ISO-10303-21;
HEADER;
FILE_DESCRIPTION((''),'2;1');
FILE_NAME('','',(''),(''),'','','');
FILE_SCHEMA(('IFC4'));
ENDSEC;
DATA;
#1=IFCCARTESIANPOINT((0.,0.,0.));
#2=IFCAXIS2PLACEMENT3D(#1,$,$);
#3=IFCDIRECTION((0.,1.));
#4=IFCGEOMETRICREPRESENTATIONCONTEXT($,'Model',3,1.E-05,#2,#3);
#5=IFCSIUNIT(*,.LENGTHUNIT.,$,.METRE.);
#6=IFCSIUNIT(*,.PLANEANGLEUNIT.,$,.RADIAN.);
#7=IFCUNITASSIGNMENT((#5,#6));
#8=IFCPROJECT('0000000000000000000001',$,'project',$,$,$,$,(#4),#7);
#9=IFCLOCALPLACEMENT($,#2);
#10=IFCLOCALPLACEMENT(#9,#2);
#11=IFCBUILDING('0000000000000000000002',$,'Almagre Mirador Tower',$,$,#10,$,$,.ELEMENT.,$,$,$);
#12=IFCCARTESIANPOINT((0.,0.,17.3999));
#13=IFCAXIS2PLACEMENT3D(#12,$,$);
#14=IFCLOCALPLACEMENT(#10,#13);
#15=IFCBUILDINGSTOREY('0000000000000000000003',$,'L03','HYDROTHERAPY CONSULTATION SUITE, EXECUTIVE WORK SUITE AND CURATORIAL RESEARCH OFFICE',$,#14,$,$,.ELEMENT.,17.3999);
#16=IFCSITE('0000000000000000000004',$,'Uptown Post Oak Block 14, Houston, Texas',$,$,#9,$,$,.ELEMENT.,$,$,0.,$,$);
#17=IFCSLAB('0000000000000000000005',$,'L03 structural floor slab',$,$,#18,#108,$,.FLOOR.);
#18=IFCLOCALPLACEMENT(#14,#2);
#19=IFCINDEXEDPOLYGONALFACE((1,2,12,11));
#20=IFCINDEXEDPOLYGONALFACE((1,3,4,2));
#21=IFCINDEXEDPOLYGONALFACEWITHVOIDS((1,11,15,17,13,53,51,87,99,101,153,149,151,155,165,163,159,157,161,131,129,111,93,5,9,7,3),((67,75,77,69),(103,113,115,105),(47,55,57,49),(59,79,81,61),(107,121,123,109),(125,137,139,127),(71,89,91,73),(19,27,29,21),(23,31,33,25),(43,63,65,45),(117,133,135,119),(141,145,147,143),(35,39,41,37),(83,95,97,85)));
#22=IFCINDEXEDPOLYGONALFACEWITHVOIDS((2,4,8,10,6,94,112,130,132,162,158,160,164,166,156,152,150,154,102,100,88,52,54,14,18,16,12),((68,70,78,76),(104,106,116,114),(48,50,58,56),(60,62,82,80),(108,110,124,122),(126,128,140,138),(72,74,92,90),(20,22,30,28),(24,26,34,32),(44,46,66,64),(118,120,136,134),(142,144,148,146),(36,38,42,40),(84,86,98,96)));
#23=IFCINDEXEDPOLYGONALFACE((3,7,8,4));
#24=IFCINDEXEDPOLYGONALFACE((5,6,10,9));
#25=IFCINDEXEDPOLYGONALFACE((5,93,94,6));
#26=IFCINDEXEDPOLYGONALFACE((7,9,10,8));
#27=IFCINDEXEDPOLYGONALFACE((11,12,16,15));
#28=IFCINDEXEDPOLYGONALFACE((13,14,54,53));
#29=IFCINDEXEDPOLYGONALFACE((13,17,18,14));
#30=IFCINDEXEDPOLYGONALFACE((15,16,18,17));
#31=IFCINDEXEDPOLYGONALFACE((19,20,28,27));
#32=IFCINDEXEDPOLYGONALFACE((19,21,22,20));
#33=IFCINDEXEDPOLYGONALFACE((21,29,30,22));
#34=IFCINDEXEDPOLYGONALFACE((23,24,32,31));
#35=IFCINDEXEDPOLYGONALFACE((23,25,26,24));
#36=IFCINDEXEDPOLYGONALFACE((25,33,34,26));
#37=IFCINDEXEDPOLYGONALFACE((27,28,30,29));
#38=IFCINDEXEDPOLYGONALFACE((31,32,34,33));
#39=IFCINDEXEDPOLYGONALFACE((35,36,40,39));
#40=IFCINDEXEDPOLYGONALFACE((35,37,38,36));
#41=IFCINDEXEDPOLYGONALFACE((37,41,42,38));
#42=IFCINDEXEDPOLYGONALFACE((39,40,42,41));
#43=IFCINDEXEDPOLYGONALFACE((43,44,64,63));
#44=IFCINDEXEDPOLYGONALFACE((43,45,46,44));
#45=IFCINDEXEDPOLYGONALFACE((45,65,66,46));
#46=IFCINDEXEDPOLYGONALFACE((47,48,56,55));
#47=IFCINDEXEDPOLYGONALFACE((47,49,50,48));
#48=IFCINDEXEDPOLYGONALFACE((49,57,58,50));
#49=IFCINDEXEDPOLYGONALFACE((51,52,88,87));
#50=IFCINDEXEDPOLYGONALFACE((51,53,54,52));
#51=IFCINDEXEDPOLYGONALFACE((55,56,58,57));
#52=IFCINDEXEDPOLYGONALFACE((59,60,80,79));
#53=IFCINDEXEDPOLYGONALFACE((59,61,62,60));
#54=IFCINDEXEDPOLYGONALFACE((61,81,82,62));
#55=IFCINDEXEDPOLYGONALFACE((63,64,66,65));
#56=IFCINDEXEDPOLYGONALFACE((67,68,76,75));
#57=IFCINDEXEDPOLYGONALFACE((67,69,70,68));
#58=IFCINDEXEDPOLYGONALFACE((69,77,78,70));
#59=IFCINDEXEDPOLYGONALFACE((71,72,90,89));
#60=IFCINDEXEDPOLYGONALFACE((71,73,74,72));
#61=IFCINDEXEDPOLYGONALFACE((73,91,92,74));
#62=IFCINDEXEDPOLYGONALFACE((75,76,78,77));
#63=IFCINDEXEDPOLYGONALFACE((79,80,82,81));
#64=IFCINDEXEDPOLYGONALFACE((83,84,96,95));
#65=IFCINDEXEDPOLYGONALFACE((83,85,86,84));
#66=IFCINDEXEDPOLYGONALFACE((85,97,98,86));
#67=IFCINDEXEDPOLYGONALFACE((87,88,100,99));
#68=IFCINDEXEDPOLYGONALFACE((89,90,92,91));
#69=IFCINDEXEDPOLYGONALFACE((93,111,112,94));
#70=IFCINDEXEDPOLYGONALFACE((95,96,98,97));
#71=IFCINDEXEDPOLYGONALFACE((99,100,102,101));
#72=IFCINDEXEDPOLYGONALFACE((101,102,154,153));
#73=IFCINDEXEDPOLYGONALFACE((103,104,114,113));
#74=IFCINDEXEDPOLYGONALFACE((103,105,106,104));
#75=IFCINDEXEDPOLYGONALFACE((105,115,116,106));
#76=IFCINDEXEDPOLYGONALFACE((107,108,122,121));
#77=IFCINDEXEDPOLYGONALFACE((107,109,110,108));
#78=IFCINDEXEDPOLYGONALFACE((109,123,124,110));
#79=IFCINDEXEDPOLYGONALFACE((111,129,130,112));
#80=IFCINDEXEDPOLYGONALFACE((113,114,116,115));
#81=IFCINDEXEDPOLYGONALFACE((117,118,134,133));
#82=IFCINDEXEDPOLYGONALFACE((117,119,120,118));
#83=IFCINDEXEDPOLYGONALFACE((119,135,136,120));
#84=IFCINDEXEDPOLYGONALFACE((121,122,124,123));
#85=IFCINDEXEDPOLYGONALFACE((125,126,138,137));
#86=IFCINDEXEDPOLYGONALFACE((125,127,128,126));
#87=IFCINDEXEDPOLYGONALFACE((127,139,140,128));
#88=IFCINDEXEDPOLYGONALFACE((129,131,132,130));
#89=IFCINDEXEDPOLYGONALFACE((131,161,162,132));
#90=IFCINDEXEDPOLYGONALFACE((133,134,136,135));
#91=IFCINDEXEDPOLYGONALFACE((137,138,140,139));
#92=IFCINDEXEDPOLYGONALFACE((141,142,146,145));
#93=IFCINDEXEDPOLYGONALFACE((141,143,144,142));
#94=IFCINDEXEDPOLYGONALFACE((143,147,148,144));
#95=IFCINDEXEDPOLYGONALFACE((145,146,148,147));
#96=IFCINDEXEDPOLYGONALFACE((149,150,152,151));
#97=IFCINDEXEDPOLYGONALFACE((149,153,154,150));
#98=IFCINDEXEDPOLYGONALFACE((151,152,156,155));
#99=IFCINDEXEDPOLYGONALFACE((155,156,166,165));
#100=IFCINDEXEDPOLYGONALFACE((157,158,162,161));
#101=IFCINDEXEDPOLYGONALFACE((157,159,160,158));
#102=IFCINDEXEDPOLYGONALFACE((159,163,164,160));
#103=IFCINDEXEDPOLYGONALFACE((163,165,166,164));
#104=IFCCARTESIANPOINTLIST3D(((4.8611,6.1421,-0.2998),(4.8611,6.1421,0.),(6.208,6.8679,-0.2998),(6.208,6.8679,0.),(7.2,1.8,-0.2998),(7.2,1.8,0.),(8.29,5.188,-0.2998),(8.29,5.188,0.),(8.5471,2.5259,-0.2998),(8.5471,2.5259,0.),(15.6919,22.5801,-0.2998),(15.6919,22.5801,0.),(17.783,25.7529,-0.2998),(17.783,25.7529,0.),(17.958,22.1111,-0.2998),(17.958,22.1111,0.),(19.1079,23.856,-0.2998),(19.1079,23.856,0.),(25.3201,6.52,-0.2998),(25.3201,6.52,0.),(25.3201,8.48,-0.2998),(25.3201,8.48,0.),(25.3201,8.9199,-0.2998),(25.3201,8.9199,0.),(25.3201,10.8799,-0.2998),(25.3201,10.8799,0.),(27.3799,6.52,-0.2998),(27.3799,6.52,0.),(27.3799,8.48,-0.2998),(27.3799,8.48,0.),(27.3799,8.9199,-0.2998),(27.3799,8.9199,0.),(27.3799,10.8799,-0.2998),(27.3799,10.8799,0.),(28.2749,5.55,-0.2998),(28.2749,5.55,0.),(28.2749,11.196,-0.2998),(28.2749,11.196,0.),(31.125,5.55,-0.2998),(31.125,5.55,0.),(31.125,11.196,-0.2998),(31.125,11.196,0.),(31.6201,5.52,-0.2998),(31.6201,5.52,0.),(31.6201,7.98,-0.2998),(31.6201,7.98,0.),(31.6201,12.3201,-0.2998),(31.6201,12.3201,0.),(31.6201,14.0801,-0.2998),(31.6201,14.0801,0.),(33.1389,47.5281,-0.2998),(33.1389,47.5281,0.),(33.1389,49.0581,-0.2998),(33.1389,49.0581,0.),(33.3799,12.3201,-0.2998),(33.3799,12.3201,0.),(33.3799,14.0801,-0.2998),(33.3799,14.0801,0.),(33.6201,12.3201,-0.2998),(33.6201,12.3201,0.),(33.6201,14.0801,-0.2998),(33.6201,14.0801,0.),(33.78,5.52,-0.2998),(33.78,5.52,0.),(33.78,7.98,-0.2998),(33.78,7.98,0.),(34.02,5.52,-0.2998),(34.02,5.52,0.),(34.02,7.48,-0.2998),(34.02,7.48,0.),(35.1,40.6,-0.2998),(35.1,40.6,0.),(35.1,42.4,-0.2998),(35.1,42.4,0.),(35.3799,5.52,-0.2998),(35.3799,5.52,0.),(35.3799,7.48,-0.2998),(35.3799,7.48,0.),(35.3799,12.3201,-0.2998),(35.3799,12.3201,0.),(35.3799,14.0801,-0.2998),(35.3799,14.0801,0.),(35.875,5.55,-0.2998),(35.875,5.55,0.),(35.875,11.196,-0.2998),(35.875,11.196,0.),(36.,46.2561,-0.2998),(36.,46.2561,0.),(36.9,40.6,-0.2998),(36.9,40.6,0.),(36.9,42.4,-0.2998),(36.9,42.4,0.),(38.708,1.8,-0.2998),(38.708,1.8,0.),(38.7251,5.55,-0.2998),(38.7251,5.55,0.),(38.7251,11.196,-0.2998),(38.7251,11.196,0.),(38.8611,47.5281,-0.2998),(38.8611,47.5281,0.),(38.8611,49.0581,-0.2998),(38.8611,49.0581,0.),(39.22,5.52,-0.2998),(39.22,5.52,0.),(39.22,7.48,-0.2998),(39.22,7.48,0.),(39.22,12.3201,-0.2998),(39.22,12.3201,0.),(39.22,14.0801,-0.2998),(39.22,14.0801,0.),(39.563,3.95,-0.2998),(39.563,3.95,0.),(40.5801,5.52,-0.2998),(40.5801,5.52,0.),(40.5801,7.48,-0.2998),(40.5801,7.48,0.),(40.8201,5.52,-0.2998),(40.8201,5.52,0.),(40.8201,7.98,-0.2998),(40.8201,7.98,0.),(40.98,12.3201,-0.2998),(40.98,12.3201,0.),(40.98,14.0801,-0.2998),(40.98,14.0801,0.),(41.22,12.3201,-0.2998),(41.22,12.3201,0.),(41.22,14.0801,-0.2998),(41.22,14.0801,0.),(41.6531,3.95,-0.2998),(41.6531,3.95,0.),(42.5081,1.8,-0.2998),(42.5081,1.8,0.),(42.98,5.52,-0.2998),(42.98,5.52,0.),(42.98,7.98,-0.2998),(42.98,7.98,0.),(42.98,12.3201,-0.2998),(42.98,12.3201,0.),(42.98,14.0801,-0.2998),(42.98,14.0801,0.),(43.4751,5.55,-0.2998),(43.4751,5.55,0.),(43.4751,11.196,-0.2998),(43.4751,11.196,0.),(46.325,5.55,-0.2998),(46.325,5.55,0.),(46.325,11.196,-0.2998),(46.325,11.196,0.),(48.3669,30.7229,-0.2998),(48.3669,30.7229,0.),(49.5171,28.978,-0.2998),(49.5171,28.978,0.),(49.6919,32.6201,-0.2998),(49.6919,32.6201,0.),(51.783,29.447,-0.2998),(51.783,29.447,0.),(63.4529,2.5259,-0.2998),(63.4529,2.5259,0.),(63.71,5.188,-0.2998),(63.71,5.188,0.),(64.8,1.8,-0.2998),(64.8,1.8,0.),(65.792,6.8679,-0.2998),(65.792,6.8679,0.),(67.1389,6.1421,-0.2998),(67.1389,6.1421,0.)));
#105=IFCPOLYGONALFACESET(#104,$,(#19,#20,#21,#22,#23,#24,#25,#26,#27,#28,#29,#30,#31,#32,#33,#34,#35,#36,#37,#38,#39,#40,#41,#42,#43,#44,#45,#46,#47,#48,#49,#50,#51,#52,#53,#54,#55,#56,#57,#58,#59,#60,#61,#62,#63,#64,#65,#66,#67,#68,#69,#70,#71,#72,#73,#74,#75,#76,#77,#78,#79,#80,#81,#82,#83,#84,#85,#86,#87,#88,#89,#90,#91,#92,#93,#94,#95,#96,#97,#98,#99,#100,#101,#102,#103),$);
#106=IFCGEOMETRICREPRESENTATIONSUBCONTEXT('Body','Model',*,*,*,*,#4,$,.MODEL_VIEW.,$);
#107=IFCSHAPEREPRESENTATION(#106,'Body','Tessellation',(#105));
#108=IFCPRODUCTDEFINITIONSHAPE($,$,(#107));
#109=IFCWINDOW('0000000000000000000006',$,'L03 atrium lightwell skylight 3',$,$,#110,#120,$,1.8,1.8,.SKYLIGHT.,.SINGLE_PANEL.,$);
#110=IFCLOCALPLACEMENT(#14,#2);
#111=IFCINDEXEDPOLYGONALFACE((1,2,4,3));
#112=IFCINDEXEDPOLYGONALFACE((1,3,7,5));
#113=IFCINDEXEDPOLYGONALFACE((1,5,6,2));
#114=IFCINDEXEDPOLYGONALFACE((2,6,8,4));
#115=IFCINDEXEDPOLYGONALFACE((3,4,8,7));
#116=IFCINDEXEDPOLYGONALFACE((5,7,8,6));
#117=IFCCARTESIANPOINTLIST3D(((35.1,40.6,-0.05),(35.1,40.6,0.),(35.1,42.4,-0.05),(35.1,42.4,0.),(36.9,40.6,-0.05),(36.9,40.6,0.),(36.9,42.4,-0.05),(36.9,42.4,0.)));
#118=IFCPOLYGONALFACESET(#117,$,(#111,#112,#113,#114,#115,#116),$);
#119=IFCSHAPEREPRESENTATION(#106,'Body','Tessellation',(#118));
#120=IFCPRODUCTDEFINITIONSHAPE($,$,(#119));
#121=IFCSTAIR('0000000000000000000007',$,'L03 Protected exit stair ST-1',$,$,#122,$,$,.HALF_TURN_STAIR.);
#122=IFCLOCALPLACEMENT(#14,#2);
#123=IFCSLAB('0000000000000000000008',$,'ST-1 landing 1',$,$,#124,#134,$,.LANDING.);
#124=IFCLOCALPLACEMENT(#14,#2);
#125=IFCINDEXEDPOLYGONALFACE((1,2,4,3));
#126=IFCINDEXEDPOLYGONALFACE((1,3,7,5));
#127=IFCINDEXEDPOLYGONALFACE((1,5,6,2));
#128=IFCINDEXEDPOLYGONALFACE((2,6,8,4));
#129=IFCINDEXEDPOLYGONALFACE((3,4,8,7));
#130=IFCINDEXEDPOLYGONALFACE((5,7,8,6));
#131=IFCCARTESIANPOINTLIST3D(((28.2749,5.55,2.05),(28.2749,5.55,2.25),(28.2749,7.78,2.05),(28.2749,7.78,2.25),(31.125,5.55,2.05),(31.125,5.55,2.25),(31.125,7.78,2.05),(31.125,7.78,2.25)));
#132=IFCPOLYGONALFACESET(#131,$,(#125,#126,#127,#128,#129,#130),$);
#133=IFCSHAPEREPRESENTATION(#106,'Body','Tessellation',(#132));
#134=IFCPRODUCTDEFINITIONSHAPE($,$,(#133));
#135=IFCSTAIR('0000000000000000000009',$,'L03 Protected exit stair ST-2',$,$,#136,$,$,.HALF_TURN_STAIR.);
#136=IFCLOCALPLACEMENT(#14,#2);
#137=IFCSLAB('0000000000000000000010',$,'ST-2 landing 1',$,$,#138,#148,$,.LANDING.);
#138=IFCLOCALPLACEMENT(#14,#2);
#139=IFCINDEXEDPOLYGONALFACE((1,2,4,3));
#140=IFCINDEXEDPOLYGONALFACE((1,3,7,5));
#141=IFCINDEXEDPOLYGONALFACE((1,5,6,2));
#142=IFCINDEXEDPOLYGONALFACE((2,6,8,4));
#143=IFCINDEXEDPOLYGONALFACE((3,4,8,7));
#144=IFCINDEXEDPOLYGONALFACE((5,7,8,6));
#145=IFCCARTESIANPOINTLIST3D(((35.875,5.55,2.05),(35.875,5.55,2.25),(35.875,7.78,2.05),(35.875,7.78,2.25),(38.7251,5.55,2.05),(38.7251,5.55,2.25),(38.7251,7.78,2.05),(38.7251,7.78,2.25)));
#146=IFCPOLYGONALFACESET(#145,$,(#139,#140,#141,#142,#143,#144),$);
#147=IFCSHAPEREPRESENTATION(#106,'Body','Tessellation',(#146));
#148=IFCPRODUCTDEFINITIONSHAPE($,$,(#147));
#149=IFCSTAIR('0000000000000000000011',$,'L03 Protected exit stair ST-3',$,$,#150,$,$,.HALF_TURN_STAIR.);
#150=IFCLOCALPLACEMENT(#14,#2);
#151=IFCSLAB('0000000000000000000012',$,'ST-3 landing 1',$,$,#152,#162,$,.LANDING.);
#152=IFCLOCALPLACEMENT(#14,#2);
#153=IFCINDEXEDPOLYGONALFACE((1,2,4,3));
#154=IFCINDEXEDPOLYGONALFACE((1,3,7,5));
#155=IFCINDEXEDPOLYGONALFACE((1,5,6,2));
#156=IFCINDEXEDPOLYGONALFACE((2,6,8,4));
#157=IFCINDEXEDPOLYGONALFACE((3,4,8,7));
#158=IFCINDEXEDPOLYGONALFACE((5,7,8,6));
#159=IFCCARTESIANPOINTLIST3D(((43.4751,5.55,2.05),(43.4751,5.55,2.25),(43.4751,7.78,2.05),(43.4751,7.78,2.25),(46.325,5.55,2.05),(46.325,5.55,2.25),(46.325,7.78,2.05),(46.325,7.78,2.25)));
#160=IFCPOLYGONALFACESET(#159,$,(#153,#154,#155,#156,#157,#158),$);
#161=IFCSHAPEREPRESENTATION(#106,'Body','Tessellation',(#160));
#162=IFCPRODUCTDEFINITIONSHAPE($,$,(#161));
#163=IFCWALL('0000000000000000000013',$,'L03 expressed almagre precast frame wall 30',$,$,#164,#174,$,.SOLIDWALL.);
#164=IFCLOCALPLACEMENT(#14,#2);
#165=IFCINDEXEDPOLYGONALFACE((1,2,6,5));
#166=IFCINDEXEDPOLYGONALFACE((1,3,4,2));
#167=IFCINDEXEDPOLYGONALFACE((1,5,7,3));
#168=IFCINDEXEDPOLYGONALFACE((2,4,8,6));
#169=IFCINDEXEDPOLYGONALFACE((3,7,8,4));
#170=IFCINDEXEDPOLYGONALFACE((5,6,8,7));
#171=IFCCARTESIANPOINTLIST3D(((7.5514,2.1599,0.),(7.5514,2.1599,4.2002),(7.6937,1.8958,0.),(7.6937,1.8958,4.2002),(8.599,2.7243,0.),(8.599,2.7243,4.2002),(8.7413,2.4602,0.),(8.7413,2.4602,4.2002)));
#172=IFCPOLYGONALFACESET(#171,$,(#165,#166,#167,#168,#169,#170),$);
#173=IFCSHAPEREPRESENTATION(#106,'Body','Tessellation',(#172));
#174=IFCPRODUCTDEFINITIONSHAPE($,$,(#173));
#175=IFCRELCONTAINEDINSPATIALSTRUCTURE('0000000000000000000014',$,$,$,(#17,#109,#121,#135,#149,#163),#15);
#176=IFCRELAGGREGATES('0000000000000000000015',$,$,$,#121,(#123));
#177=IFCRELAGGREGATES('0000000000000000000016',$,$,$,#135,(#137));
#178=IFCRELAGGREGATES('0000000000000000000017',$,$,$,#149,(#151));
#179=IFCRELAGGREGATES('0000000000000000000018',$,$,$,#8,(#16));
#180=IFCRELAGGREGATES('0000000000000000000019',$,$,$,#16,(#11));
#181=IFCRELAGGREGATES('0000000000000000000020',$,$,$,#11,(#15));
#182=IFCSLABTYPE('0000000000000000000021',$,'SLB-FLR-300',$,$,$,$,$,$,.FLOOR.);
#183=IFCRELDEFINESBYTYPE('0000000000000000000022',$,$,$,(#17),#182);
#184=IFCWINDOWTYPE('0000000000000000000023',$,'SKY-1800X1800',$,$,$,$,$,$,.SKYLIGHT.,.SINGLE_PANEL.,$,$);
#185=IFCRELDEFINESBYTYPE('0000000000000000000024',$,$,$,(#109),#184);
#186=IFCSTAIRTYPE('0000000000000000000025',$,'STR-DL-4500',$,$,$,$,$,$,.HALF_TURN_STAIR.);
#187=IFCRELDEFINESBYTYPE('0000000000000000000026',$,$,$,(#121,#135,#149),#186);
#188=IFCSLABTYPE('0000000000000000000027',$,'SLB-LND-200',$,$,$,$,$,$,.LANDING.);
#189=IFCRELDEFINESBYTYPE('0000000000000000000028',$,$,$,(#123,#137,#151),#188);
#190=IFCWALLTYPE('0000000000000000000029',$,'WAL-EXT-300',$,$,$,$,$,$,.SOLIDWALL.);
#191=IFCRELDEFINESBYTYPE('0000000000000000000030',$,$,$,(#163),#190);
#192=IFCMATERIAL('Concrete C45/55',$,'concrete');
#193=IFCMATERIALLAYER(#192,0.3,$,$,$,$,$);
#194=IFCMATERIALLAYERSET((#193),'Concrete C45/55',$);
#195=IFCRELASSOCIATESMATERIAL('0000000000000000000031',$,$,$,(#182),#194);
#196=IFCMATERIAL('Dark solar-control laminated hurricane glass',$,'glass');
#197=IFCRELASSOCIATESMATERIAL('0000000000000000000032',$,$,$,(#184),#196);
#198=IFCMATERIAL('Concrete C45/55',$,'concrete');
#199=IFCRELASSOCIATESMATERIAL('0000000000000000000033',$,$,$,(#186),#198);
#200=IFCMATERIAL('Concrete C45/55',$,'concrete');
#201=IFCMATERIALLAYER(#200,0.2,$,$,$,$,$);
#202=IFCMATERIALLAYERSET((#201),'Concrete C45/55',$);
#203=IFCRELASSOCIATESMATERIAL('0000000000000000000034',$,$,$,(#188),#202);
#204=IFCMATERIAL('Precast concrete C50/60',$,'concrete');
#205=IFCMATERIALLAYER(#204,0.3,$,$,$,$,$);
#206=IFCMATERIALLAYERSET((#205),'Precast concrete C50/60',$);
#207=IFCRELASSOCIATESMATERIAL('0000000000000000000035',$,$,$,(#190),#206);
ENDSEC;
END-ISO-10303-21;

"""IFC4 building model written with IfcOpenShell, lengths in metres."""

from ifc_helpers import new_model, si_unit, direction, frame, frame_2d, origin, origin_2d, place, context, subcontext, project, spatial, polyline, rectangle, outline, extrude, material, layer, layer_set, type_object, element, fill, aggregate, save


model = new_model("IFC4")

# Units and contexts
model_context = context("Model", 3, precision=1e-05, world=origin(), true_north=direction((0.0, 1.0)))
body_context = subcontext(model_context, "Body", "Model", "MODEL_VIEW")
ifc_project = project(units=[si_unit("LENGTHUNIT", "METRE"), si_unit("PLANEANGLEUNIT", "RADIAN")], contexts=[model_context])

# Site, building, storey
site_placement = place(None, origin())
site = spatial("IfcSite", under=ifc_project, at=site_placement, Name="Uptown Post Oak Block 14, Houston, Texas", CompositionType="ELEMENT", RefElevation=0.0)
building_placement = place(site_placement, origin())
building = spatial("IfcBuilding", under=site, at=building_placement, Name="Almagre Mirador Tower", CompositionType="ELEMENT")
storey_placement = place(building_placement, frame((0.0, 0.0, 17.3999)))
storey = spatial("IfcBuildingStorey", under=building, at=storey_placement, Name="L03", Description="HYDROTHERAPY CONSULTATION SUITE, EXECUTIVE WORK SUITE AND CURATORIAL RESEARCH OFFICE", CompositionType="ELEMENT", Elevation=17.3999)

# Slab, opening, window
ifc_material_1 = material(Name="Concrete C45/55", Category="concrete")
ifc_layer_1 = layer(ifc_material_1, 0.3)
ifc_layer_set_1 = layer_set([ifc_layer_1], Name="Concrete C45/55")
slab_type_1 = type_object("IfcSlabType", Name="SLB-FLR-300", PredefinedType="FLOOR", material=ifc_layer_set_1)
slab_1_placement = place(storey_placement, frame((0.0, 0.0, -0.2998)))
slab_1 = element("IfcSlab", 1, at=slab_1_placement, inside=storey, type_object=slab_type_1, Name="L03 structural floor slab", PredefinedType="FLOOR", context=body_context, shape_type="SweptSolid", body=[
    extrude(outline(polyline([(4.8611, 6.1421), (6.208, 6.8679), (8.29, 5.188), (8.5471, 2.5259), (7.2, 1.8), (38.708, 1.8), (39.563, 3.95), (41.6531, 3.95), (42.5081, 1.8), (64.8, 1.8), (63.4529, 2.5259), (63.71, 5.188), (65.792, 6.8679), (67.1389, 6.1421), (51.783, 29.447), (49.5171, 28.978), (48.3669, 30.7229), (49.6919, 32.6201), (38.8611, 49.0581), (38.8611, 47.5281), (36.0, 46.2561), (33.1389, 47.5281), (33.1389, 49.0581), (17.783, 25.7529), (19.1079, 23.856), (17.958, 22.1111), (15.6919, 22.5801), (4.8611, 6.1421)]), holes=[polyline([(43.4751, 11.196), (46.325, 11.196), (46.325, 5.55), (43.4751, 5.55), (43.4751, 11.196)]), polyline([(40.8201, 5.52), (40.8201, 7.98), (42.98, 7.98), (42.98, 5.52), (40.8201, 5.52)]), polyline([(41.22, 12.3201), (41.22, 14.0801), (42.98, 14.0801), (42.98, 12.3201), (41.22, 12.3201)]), polyline([(39.22, 12.3201), (39.22, 14.0801), (40.98, 14.0801), (40.98, 12.3201), (39.22, 12.3201)]), polyline([(39.22, 5.52), (39.22, 7.48), (40.5801, 7.48), (40.5801, 5.52), (39.22, 5.52)]), polyline([(35.875, 11.196), (38.7251, 11.196), (38.7251, 5.55), (35.875, 5.55), (35.875, 11.196)]), polyline([(35.3799, 5.52), (34.02, 5.52), (34.02, 7.48), (35.3799, 7.48), (35.3799, 5.52)]), polyline([(35.3799, 12.3201), (33.6201, 12.3201), (33.6201, 14.0801), (35.3799, 14.0801), (35.3799, 12.3201)]), polyline([(31.6201, 5.52), (31.6201, 7.98), (33.78, 7.98), (33.78, 5.52), (31.6201, 5.52)]), polyline([(31.6201, 12.3201), (31.6201, 14.0801), (33.3799, 14.0801), (33.3799, 12.3201), (31.6201, 12.3201)]), polyline([(28.2749, 5.55), (28.2749, 11.196), (31.125, 11.196), (31.125, 5.55), (28.2749, 5.55)]), polyline([(25.3201, 6.52), (25.3201, 8.48), (27.3799, 8.48), (27.3799, 6.52), (25.3201, 6.52)]), polyline([(25.3201, 8.9199), (25.3201, 10.8799), (27.3799, 10.8799), (27.3799, 8.9199), (25.3201, 8.9199)])]), origin(), (0.0, 0.0, 1.0), 0.2998),
])
opening_1_placement = place(slab_1_placement, frame((36.0, 41.5, 0.0)))
opening_1 = element("IfcOpeningElement", 2, at=opening_1_placement, cuts=slab_1, PredefinedType="OPENING", context=body_context, shape_type="SweptSolid", body=[
    extrude(rectangle(XDim=1.8, YDim=1.8, at=origin_2d()), origin(), (0.0, 0.0, 1.0), 0.2998),
])
ifc_material_2 = material(Name="Dark solar-control laminated hurricane glass", Category="glass")
window_type_1 = type_object("IfcWindowType", Name="SKY-1800X1800", PartitioningType="SINGLE_PANEL", PredefinedType="SKYLIGHT", material=ifc_material_2)
window_1_placement = place(opening_1_placement, frame((0.0, 0.0, 0.2498)))
window_1 = element("IfcWindow", 3, at=window_1_placement, inside=storey, type_object=window_type_1, Name="L03 atrium lightwell skylight 3", OverallHeight=1.8, OverallWidth=1.8, PartitioningType="SINGLE_PANEL", PredefinedType="SKYLIGHT", context=body_context, shape_type="SweptSolid", body=[
    extrude(rectangle(XDim=1.8, YDim=1.8, at=origin_2d()), origin(), (0.0, 0.0, 1.0), 0.05),
])
fill(opening_1, window_1)

# Stairs, slabs
ifc_material_3 = material(Name="Concrete C45/55", Category="concrete")
stair_type = type_object("IfcStairType", Name="STR-DL-4500", PredefinedType="HALF_TURN_STAIR", material=ifc_material_3)
stair_1_placement = place(storey_placement, origin())
stair_1 = element("IfcStair", 4, at=stair_1_placement, inside=storey, type_object=stair_type, Name="L03 Protected exit stair ST-1", PredefinedType="HALF_TURN_STAIR")
ifc_material_4 = material(Name="Concrete C45/55", Category="concrete")
ifc_layer_2 = layer(ifc_material_4, 0.2)
ifc_layer_set_2 = layer_set([ifc_layer_2], Name="Concrete C45/55")
slab_type_2 = type_object("IfcSlabType", Name="SLB-LND-200", PredefinedType="LANDING", material=ifc_layer_set_2)
slab_2_placement = place(storey_placement, frame((0.0, 0.0, 2.05)))
slab_2 = element("IfcSlab", 5, at=slab_2_placement, type_object=slab_type_2, Name="ST-1 landing 1", PredefinedType="LANDING", context=body_context, shape_type="SweptSolid", body=[
    extrude(outline(polyline([(28.2749, 7.78), (28.2749, 5.55), (31.125, 5.55), (31.125, 7.78), (28.2749, 7.78)])), origin(), (0.0, 0.0, 1.0), 0.2),
])
aggregate(stair_1, [slab_2])
stair_2_placement = place(storey_placement, origin())
stair_2 = element("IfcStair", 6, at=stair_2_placement, inside=storey, type_object=stair_type, Name="L03 Protected exit stair ST-2", PredefinedType="HALF_TURN_STAIR")
slab_3_placement = place(storey_placement, frame((0.0, 0.0, 2.05)))
slab_3 = element("IfcSlab", 7, at=slab_3_placement, type_object=slab_type_2, Name="ST-2 landing 1", PredefinedType="LANDING", context=body_context, shape_type="SweptSolid", body=[
    extrude(outline(polyline([(35.875, 7.78), (35.875, 5.55), (38.7251, 5.55), (38.7251, 7.78), (35.875, 7.78)])), origin(), (0.0, 0.0, 1.0), 0.2),
])
aggregate(stair_2, [slab_3])
stair_3_placement = place(storey_placement, origin())
stair_3 = element("IfcStair", 8, at=stair_3_placement, inside=storey, type_object=stair_type, Name="L03 Protected exit stair ST-3", PredefinedType="HALF_TURN_STAIR")
slab_4_placement = place(storey_placement, frame((0.0, 0.0, 2.05)))
slab_4 = element("IfcSlab", 9, at=slab_4_placement, type_object=slab_type_2, Name="ST-3 landing 1", PredefinedType="LANDING", context=body_context, shape_type="SweptSolid", body=[
    extrude(outline(polyline([(43.4751, 7.78), (43.4751, 5.55), (46.325, 5.55), (46.325, 7.78), (43.4751, 7.78)])), origin(), (0.0, 0.0, 1.0), 0.2),
])
aggregate(stair_3, [slab_4])

# Wall
ifc_material_5 = material(Name="Precast concrete C50/60", Category="concrete")
ifc_layer_3 = layer(ifc_material_5, 0.3)
ifc_layer_set_3 = layer_set([ifc_layer_3], Name="Precast concrete C50/60")
wall_type = type_object("IfcWallType", Name="WAL-EXT-300", PredefinedType="SOLIDWALL", material=ifc_layer_set_3)
wall_1_placement = place(storey_placement, frame((7.6226, 2.0278, 0.0), z_axis=(0.0, 0.0, 1.0), x_axis=(0.880346, 0.474332, 0.0)))
element("IfcWall", 10, at=wall_1_placement, inside=storey, type_object=wall_type, Name="L03 expressed almagre precast frame wall 30", PredefinedType="SOLIDWALL", context=body_context, shape_type="SweptSolid", body=[
    extrude(rectangle(XDim=1.1899, YDim=0.3, at=frame_2d((0.595, 0.0))), origin(), (0.0, 0.0, 1.0), 4.2002),
])

save(model, "model.ifc")
